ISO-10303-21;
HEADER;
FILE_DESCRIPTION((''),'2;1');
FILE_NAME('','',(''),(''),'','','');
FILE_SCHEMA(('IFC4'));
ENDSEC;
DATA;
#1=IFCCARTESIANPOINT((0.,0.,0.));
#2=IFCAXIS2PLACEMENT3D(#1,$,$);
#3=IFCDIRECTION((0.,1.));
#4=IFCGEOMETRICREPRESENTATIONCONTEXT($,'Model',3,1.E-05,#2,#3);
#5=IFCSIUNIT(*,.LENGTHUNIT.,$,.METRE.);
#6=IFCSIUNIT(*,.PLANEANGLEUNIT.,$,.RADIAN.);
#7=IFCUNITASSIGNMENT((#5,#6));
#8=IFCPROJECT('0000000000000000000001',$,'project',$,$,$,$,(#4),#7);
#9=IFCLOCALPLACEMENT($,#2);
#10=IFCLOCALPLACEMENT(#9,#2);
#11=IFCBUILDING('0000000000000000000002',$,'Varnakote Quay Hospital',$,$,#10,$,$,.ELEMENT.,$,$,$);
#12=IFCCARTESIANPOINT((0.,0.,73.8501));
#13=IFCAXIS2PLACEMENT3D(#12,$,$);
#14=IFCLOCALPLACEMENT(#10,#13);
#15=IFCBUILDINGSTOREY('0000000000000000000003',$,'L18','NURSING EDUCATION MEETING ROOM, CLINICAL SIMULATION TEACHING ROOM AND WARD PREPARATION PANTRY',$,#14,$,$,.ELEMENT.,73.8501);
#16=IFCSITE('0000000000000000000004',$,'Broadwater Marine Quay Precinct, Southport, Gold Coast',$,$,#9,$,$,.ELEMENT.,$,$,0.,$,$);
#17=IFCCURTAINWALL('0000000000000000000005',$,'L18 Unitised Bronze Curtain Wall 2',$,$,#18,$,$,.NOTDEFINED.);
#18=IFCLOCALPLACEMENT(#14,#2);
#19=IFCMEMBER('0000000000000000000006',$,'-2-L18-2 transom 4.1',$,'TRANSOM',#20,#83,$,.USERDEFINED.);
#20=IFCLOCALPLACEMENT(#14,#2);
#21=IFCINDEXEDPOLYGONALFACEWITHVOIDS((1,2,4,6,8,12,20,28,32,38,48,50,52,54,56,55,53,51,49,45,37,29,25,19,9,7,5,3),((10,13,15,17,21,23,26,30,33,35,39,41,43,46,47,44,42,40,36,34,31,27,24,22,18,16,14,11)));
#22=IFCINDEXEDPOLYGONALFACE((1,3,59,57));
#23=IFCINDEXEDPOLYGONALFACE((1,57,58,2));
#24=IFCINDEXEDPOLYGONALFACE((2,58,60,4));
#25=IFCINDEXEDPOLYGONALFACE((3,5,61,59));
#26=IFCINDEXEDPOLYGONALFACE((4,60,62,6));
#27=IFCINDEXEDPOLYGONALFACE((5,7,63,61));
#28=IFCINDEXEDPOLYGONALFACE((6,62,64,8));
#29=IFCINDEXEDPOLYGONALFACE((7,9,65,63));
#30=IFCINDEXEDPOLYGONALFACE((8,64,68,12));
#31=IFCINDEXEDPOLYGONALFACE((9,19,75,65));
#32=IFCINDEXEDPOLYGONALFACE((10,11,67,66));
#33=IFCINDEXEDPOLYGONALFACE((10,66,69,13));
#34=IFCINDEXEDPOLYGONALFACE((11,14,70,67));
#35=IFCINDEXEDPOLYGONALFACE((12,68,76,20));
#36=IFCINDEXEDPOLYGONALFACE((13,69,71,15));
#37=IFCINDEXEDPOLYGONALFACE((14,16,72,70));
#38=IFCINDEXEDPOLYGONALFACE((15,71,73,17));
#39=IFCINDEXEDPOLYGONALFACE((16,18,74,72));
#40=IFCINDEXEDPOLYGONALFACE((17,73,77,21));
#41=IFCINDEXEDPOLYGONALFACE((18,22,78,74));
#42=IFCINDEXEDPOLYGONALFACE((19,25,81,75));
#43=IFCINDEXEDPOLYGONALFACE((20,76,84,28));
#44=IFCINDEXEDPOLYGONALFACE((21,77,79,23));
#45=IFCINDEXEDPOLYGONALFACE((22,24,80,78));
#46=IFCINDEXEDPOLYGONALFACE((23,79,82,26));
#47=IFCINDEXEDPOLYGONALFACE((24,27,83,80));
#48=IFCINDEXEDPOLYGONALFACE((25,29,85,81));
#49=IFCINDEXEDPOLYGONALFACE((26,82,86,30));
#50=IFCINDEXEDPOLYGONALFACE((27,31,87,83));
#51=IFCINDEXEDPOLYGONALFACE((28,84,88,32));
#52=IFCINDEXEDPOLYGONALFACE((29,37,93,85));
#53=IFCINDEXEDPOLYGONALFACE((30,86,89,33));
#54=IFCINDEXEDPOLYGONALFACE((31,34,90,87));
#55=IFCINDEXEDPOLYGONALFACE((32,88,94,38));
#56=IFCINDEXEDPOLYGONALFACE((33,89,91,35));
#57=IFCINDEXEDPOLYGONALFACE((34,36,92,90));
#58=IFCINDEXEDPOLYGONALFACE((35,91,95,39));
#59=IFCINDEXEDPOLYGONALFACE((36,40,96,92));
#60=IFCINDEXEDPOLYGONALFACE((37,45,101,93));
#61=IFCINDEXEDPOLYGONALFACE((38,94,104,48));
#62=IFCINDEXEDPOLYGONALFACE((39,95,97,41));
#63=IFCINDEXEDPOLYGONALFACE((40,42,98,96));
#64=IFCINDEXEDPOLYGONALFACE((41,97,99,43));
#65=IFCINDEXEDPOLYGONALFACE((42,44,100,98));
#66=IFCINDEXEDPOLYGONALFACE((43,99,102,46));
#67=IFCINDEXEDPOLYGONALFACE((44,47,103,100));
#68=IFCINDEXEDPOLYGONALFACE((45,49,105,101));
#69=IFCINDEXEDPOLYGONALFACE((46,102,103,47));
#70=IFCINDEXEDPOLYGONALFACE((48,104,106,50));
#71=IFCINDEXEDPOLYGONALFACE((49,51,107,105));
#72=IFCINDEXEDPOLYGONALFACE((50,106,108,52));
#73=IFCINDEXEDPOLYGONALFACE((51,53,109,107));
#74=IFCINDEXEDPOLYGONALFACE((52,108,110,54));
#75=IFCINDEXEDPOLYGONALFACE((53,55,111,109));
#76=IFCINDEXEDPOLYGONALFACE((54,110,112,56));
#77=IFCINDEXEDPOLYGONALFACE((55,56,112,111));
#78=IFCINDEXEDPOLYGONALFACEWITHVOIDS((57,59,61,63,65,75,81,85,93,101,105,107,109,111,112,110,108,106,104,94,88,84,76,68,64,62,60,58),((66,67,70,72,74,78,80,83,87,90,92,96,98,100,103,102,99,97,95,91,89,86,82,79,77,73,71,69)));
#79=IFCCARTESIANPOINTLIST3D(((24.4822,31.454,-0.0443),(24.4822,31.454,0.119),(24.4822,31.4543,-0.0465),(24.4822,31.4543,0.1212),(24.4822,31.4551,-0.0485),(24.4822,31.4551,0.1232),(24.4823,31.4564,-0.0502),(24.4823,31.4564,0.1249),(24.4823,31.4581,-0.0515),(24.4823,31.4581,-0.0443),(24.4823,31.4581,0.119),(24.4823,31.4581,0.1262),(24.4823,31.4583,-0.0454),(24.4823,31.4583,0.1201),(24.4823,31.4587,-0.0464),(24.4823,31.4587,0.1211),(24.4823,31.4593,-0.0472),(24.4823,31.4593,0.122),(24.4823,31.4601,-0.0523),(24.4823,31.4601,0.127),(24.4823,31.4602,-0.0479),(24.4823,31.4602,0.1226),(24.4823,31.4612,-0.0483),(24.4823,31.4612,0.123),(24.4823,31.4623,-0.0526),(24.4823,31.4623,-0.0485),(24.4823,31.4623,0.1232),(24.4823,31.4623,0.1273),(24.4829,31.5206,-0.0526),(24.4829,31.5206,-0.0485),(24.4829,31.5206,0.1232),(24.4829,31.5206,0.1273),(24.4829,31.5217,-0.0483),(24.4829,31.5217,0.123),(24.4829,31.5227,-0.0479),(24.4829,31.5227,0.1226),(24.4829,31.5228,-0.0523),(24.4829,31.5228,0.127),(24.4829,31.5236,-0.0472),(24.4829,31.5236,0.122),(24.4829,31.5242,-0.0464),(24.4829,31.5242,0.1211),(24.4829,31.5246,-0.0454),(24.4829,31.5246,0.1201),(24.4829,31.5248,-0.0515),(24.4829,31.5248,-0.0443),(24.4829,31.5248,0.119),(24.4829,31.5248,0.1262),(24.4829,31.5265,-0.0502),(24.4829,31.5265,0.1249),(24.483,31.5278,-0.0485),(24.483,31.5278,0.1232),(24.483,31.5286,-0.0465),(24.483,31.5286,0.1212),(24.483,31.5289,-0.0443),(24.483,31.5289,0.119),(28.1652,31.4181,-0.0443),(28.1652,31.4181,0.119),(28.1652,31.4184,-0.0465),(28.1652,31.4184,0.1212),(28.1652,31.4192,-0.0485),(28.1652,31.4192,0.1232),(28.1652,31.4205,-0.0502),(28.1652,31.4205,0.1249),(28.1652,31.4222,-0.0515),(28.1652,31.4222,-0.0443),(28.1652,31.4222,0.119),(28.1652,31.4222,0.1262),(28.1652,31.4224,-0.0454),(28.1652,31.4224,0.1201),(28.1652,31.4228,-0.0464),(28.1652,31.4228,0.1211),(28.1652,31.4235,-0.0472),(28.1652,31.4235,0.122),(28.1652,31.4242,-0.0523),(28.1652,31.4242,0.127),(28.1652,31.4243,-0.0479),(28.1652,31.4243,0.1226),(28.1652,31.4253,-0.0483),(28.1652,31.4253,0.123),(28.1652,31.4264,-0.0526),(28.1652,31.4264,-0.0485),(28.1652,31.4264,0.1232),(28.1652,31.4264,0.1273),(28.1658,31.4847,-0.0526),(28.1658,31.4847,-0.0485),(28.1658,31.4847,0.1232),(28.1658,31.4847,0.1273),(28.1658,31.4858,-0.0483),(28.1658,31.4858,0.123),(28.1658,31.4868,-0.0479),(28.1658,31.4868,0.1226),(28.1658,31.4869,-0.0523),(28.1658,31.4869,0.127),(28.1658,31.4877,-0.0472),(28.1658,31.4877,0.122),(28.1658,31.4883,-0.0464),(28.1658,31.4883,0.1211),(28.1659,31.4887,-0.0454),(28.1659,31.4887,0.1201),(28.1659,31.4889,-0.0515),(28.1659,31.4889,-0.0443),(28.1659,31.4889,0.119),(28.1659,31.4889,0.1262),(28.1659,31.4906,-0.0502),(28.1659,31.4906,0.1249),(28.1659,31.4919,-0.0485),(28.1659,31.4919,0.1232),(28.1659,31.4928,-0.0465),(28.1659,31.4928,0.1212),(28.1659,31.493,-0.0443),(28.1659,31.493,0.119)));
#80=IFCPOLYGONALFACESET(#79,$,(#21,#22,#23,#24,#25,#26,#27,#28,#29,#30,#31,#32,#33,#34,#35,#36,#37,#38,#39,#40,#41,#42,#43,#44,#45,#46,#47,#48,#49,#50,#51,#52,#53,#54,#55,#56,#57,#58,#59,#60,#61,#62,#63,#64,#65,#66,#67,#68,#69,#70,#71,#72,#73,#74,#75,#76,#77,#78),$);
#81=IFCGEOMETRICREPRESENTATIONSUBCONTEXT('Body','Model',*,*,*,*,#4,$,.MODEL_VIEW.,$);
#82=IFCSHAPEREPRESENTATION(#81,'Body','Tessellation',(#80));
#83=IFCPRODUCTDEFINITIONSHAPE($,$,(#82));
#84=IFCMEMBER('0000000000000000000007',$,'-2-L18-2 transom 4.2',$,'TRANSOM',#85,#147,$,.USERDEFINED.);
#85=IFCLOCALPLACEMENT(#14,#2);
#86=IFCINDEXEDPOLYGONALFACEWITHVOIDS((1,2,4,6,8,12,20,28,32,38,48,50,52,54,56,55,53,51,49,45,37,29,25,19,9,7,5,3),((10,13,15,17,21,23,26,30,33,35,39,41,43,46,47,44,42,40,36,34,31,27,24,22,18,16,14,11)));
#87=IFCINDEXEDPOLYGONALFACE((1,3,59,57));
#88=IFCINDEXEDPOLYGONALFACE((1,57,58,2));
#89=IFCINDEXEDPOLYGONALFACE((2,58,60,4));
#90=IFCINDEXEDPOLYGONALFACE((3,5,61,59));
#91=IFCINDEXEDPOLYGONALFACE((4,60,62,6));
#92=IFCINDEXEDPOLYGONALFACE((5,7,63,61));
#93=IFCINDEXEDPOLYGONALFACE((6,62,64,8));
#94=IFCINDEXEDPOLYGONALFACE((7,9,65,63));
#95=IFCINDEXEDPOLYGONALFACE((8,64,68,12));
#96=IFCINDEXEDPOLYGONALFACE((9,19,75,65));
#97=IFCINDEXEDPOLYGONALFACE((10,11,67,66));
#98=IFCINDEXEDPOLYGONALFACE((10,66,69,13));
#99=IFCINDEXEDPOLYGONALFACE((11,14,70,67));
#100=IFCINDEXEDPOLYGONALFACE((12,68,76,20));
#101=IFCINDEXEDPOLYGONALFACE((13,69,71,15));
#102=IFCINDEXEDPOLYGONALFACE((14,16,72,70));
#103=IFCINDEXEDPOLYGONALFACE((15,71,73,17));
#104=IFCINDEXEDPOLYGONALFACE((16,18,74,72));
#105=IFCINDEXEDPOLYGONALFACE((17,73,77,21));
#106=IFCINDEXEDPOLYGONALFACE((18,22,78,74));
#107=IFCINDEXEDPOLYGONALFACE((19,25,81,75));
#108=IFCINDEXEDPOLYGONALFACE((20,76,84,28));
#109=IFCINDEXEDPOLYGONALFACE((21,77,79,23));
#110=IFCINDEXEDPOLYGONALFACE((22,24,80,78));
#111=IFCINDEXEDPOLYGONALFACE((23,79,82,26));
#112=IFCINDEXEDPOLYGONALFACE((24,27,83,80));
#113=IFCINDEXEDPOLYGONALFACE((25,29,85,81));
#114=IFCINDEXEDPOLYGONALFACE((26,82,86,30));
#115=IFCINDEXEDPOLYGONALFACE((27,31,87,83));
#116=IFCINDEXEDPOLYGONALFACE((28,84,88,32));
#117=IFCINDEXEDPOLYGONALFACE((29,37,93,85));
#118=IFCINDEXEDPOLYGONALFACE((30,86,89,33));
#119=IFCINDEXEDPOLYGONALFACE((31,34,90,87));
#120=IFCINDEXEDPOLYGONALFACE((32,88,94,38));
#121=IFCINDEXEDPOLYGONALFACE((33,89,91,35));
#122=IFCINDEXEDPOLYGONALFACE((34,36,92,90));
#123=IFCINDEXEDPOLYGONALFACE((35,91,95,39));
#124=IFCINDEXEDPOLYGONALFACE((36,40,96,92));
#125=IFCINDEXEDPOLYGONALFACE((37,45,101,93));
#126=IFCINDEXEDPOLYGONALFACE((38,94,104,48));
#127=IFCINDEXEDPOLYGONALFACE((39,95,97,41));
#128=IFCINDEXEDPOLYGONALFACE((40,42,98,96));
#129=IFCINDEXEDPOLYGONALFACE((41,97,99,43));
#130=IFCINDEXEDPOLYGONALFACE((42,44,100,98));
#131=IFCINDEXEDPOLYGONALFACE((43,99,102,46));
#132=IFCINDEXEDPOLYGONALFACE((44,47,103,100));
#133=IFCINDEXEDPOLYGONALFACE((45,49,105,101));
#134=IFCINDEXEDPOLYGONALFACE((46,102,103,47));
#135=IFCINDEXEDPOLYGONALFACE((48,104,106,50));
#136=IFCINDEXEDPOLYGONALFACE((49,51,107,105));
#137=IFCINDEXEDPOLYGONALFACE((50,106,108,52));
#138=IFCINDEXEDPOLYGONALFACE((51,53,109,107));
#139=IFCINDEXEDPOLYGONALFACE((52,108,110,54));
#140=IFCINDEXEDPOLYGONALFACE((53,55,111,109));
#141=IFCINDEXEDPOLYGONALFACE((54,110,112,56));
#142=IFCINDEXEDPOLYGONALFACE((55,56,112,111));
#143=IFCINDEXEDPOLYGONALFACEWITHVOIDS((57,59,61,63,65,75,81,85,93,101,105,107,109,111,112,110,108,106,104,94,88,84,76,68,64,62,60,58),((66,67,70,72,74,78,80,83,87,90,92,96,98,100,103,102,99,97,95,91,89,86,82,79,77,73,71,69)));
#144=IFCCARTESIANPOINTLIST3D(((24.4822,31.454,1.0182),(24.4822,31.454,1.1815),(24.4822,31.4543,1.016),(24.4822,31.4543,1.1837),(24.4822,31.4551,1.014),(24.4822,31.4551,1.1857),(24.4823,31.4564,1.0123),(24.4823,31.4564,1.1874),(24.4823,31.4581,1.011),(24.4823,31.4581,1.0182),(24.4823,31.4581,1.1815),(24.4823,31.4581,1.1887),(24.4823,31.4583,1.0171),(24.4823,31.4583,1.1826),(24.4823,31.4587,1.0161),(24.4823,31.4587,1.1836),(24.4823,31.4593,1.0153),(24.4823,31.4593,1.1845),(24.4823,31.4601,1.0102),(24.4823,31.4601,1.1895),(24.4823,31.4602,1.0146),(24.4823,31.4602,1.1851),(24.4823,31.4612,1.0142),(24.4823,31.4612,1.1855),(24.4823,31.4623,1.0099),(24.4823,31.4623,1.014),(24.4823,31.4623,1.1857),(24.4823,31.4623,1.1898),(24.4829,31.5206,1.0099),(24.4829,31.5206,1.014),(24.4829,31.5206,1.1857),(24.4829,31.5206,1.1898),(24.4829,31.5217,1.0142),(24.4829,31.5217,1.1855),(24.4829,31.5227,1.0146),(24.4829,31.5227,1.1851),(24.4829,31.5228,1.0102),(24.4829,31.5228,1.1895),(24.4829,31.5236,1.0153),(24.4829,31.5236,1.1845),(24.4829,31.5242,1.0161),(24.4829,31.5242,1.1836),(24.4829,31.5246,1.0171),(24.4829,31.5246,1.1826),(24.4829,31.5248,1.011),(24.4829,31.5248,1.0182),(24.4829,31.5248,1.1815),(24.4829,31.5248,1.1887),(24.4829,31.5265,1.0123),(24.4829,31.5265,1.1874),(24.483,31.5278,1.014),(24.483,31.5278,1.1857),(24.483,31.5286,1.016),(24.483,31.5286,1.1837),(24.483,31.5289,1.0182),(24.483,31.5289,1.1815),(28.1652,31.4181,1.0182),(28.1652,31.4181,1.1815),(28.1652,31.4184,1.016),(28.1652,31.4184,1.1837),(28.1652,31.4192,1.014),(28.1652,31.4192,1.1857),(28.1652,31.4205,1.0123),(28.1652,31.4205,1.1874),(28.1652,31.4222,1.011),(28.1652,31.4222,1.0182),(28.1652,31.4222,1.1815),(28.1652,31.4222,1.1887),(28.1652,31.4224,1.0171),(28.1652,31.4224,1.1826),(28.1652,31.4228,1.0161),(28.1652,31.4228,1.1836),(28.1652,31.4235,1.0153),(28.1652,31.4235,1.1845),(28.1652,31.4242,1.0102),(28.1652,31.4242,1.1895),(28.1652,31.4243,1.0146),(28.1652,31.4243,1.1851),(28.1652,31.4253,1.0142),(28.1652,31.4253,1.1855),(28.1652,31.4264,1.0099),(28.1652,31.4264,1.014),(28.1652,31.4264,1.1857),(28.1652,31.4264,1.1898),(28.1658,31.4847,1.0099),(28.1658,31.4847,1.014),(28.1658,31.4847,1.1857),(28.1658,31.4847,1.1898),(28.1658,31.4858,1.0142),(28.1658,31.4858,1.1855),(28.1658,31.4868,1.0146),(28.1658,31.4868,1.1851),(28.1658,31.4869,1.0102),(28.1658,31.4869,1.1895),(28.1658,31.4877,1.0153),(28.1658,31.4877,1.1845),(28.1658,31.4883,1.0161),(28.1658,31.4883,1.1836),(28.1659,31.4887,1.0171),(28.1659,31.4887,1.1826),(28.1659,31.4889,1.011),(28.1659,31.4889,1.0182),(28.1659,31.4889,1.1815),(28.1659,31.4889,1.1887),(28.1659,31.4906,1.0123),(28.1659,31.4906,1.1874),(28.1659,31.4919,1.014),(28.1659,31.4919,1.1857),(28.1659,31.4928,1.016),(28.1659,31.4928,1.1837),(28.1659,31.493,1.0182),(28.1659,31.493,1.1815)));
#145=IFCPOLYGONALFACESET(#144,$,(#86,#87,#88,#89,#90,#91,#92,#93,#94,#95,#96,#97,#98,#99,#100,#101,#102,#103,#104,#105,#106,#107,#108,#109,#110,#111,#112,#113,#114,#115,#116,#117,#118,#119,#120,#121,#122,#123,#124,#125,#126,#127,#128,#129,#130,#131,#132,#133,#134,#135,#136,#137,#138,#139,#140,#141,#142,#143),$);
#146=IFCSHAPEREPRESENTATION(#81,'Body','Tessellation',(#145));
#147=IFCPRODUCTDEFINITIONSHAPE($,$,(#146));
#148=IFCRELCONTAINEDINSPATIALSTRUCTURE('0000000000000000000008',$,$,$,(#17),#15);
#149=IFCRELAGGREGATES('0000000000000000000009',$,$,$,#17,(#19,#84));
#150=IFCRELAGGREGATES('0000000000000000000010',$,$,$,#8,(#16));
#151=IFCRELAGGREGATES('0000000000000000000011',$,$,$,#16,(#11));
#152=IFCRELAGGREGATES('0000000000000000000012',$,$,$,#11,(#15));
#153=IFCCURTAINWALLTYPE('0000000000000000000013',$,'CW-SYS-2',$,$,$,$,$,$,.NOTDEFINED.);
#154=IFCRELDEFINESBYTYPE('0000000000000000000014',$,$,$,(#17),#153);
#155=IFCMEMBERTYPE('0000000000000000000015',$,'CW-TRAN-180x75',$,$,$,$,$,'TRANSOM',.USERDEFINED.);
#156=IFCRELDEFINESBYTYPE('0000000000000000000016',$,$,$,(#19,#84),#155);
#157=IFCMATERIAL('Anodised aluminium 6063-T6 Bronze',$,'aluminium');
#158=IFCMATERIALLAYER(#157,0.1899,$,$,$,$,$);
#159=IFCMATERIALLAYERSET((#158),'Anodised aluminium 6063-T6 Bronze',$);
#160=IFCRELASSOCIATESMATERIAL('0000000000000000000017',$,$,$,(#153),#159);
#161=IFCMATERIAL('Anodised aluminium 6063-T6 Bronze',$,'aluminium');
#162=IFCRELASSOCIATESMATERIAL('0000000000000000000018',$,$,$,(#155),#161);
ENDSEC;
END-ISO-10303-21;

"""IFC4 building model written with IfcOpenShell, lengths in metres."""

from ifc_helpers import new_model, si_unit, direction, frame, origin, origin_2d, place, context, subcontext, project, spatial, hollow_rectangle, extrude, material, layer, layer_set, material_profile, profile_set, type_object, element, aggregate, save


model = new_model("IFC4")

# Units and contexts
model_context = context("Model", 3, precision=1e-05, world=origin(), true_north=direction((0.0, 1.0)))
body_context = subcontext(model_context, "Body", "Model", "MODEL_VIEW")
ifc_project = project(units=[si_unit("LENGTHUNIT", "METRE"), si_unit("PLANEANGLEUNIT", "RADIAN")], contexts=[model_context])

# Site, building, storey
site_placement = place(None, origin())
site = spatial("IfcSite", under=ifc_project, at=site_placement, Name="Broadwater Marine Quay Precinct, Southport, Gold Coast", CompositionType="ELEMENT", RefElevation=0.0)
building_placement = place(site_placement, origin())
building = spatial("IfcBuilding", under=site, at=building_placement, Name="Varnakote Quay Hospital", CompositionType="ELEMENT")
storey_placement = place(building_placement, frame((0.0, 0.0, 73.8501)))
storey = spatial("IfcBuildingStorey", under=building, at=storey_placement, Name="L18", Description="NURSING EDUCATION MEETING ROOM, CLINICAL SIMULATION TEACHING ROOM AND WARD PREPARATION PANTRY", CompositionType="ELEMENT", Elevation=73.8501)

# Curtain wall, members
ifc_material_1 = material(Name="Anodised aluminium 6063-T6 Bronze", Category="aluminium")
ifc_layer_1 = layer(ifc_material_1, 0.1899)
ifc_layer_set_1 = layer_set([ifc_layer_1], Name="Anodised aluminium 6063-T6 Bronze")
curtain_wall_type = type_object("IfcCurtainWallType", Name="CW-SYS-2", PredefinedType="NOTDEFINED", material=ifc_layer_set_1)
curtain_wall_placement = place(storey_placement, origin())
curtain_wall = element("IfcCurtainWall", 1, at=curtain_wall_placement, inside=storey, type_object=curtain_wall_type, Name="L18 Unitised Bronze Curtain Wall 2", PredefinedType="NOTDEFINED")
ifc_material_2 = material(Name="Anodised aluminium 6063-T6 Bronze", Category="aluminium")
ifc_material_profile_1 = material_profile(ifc_material_2, hollow_rectangle(XDim=0.075, YDim=0.1799, WallThickness=0.0042, InnerFilletRadius=0.0042, OuterFilletRadius=0.0083, at=origin_2d()), Name="CW-TRAN-180x75")
ifc_profile_set_1 = profile_set([ifc_material_profile_1], Name="Anodised aluminium 6063-T6 Bronze")
member_type_1 = type_object("IfcMemberType", Name="CW-TRAN-180x75", ElementType="TRANSOM", PredefinedType="USERDEFINED", material=ifc_profile_set_1)
member_1_placement = place(storey_placement, frame((28.1655, 31.4556, 0.0374), z_axis=(-0.999953, 0.009744, 0.0), x_axis=(-0.009744, -0.999953, 0.0)))
member_1 = element("IfcMember", 2, at=member_1_placement, type_object=member_type_1, Name="-2-L18-2 transom 4.1", ObjectType="TRANSOM", PredefinedType="USERDEFINED", context=body_context, shape_type="SweptSolid", body=[
    extrude(hollow_rectangle(XDim=0.075, YDim=0.1799, WallThickness=0.0042, InnerFilletRadius=0.0042, OuterFilletRadius=0.0083, at=origin_2d()), origin(), (0.0, 0.0, 1.0), 3.6831),
])
member_2_placement = place(storey_placement, frame((28.1655, 31.4556, 1.0999), z_axis=(-0.999953, 0.009744, 0.0), x_axis=(-0.009744, -0.999953, 0.0)))
member_2 = element("IfcMember", 3, at=member_2_placement, type_object=member_type_1, Name="-2-L18-2 transom 4.2", ObjectType="TRANSOM", PredefinedType="USERDEFINED", context=body_context, shape_type="SweptSolid", body=[
    extrude(hollow_rectangle(XDim=0.075, YDim=0.1799, WallThickness=0.0042, InnerFilletRadius=0.0042, OuterFilletRadius=0.0083, at=origin_2d()), origin(), (0.0, 0.0, 1.0), 3.6831),
])
aggregate(curtain_wall, [member_1, member_2])

save(model, "model.ifc")
